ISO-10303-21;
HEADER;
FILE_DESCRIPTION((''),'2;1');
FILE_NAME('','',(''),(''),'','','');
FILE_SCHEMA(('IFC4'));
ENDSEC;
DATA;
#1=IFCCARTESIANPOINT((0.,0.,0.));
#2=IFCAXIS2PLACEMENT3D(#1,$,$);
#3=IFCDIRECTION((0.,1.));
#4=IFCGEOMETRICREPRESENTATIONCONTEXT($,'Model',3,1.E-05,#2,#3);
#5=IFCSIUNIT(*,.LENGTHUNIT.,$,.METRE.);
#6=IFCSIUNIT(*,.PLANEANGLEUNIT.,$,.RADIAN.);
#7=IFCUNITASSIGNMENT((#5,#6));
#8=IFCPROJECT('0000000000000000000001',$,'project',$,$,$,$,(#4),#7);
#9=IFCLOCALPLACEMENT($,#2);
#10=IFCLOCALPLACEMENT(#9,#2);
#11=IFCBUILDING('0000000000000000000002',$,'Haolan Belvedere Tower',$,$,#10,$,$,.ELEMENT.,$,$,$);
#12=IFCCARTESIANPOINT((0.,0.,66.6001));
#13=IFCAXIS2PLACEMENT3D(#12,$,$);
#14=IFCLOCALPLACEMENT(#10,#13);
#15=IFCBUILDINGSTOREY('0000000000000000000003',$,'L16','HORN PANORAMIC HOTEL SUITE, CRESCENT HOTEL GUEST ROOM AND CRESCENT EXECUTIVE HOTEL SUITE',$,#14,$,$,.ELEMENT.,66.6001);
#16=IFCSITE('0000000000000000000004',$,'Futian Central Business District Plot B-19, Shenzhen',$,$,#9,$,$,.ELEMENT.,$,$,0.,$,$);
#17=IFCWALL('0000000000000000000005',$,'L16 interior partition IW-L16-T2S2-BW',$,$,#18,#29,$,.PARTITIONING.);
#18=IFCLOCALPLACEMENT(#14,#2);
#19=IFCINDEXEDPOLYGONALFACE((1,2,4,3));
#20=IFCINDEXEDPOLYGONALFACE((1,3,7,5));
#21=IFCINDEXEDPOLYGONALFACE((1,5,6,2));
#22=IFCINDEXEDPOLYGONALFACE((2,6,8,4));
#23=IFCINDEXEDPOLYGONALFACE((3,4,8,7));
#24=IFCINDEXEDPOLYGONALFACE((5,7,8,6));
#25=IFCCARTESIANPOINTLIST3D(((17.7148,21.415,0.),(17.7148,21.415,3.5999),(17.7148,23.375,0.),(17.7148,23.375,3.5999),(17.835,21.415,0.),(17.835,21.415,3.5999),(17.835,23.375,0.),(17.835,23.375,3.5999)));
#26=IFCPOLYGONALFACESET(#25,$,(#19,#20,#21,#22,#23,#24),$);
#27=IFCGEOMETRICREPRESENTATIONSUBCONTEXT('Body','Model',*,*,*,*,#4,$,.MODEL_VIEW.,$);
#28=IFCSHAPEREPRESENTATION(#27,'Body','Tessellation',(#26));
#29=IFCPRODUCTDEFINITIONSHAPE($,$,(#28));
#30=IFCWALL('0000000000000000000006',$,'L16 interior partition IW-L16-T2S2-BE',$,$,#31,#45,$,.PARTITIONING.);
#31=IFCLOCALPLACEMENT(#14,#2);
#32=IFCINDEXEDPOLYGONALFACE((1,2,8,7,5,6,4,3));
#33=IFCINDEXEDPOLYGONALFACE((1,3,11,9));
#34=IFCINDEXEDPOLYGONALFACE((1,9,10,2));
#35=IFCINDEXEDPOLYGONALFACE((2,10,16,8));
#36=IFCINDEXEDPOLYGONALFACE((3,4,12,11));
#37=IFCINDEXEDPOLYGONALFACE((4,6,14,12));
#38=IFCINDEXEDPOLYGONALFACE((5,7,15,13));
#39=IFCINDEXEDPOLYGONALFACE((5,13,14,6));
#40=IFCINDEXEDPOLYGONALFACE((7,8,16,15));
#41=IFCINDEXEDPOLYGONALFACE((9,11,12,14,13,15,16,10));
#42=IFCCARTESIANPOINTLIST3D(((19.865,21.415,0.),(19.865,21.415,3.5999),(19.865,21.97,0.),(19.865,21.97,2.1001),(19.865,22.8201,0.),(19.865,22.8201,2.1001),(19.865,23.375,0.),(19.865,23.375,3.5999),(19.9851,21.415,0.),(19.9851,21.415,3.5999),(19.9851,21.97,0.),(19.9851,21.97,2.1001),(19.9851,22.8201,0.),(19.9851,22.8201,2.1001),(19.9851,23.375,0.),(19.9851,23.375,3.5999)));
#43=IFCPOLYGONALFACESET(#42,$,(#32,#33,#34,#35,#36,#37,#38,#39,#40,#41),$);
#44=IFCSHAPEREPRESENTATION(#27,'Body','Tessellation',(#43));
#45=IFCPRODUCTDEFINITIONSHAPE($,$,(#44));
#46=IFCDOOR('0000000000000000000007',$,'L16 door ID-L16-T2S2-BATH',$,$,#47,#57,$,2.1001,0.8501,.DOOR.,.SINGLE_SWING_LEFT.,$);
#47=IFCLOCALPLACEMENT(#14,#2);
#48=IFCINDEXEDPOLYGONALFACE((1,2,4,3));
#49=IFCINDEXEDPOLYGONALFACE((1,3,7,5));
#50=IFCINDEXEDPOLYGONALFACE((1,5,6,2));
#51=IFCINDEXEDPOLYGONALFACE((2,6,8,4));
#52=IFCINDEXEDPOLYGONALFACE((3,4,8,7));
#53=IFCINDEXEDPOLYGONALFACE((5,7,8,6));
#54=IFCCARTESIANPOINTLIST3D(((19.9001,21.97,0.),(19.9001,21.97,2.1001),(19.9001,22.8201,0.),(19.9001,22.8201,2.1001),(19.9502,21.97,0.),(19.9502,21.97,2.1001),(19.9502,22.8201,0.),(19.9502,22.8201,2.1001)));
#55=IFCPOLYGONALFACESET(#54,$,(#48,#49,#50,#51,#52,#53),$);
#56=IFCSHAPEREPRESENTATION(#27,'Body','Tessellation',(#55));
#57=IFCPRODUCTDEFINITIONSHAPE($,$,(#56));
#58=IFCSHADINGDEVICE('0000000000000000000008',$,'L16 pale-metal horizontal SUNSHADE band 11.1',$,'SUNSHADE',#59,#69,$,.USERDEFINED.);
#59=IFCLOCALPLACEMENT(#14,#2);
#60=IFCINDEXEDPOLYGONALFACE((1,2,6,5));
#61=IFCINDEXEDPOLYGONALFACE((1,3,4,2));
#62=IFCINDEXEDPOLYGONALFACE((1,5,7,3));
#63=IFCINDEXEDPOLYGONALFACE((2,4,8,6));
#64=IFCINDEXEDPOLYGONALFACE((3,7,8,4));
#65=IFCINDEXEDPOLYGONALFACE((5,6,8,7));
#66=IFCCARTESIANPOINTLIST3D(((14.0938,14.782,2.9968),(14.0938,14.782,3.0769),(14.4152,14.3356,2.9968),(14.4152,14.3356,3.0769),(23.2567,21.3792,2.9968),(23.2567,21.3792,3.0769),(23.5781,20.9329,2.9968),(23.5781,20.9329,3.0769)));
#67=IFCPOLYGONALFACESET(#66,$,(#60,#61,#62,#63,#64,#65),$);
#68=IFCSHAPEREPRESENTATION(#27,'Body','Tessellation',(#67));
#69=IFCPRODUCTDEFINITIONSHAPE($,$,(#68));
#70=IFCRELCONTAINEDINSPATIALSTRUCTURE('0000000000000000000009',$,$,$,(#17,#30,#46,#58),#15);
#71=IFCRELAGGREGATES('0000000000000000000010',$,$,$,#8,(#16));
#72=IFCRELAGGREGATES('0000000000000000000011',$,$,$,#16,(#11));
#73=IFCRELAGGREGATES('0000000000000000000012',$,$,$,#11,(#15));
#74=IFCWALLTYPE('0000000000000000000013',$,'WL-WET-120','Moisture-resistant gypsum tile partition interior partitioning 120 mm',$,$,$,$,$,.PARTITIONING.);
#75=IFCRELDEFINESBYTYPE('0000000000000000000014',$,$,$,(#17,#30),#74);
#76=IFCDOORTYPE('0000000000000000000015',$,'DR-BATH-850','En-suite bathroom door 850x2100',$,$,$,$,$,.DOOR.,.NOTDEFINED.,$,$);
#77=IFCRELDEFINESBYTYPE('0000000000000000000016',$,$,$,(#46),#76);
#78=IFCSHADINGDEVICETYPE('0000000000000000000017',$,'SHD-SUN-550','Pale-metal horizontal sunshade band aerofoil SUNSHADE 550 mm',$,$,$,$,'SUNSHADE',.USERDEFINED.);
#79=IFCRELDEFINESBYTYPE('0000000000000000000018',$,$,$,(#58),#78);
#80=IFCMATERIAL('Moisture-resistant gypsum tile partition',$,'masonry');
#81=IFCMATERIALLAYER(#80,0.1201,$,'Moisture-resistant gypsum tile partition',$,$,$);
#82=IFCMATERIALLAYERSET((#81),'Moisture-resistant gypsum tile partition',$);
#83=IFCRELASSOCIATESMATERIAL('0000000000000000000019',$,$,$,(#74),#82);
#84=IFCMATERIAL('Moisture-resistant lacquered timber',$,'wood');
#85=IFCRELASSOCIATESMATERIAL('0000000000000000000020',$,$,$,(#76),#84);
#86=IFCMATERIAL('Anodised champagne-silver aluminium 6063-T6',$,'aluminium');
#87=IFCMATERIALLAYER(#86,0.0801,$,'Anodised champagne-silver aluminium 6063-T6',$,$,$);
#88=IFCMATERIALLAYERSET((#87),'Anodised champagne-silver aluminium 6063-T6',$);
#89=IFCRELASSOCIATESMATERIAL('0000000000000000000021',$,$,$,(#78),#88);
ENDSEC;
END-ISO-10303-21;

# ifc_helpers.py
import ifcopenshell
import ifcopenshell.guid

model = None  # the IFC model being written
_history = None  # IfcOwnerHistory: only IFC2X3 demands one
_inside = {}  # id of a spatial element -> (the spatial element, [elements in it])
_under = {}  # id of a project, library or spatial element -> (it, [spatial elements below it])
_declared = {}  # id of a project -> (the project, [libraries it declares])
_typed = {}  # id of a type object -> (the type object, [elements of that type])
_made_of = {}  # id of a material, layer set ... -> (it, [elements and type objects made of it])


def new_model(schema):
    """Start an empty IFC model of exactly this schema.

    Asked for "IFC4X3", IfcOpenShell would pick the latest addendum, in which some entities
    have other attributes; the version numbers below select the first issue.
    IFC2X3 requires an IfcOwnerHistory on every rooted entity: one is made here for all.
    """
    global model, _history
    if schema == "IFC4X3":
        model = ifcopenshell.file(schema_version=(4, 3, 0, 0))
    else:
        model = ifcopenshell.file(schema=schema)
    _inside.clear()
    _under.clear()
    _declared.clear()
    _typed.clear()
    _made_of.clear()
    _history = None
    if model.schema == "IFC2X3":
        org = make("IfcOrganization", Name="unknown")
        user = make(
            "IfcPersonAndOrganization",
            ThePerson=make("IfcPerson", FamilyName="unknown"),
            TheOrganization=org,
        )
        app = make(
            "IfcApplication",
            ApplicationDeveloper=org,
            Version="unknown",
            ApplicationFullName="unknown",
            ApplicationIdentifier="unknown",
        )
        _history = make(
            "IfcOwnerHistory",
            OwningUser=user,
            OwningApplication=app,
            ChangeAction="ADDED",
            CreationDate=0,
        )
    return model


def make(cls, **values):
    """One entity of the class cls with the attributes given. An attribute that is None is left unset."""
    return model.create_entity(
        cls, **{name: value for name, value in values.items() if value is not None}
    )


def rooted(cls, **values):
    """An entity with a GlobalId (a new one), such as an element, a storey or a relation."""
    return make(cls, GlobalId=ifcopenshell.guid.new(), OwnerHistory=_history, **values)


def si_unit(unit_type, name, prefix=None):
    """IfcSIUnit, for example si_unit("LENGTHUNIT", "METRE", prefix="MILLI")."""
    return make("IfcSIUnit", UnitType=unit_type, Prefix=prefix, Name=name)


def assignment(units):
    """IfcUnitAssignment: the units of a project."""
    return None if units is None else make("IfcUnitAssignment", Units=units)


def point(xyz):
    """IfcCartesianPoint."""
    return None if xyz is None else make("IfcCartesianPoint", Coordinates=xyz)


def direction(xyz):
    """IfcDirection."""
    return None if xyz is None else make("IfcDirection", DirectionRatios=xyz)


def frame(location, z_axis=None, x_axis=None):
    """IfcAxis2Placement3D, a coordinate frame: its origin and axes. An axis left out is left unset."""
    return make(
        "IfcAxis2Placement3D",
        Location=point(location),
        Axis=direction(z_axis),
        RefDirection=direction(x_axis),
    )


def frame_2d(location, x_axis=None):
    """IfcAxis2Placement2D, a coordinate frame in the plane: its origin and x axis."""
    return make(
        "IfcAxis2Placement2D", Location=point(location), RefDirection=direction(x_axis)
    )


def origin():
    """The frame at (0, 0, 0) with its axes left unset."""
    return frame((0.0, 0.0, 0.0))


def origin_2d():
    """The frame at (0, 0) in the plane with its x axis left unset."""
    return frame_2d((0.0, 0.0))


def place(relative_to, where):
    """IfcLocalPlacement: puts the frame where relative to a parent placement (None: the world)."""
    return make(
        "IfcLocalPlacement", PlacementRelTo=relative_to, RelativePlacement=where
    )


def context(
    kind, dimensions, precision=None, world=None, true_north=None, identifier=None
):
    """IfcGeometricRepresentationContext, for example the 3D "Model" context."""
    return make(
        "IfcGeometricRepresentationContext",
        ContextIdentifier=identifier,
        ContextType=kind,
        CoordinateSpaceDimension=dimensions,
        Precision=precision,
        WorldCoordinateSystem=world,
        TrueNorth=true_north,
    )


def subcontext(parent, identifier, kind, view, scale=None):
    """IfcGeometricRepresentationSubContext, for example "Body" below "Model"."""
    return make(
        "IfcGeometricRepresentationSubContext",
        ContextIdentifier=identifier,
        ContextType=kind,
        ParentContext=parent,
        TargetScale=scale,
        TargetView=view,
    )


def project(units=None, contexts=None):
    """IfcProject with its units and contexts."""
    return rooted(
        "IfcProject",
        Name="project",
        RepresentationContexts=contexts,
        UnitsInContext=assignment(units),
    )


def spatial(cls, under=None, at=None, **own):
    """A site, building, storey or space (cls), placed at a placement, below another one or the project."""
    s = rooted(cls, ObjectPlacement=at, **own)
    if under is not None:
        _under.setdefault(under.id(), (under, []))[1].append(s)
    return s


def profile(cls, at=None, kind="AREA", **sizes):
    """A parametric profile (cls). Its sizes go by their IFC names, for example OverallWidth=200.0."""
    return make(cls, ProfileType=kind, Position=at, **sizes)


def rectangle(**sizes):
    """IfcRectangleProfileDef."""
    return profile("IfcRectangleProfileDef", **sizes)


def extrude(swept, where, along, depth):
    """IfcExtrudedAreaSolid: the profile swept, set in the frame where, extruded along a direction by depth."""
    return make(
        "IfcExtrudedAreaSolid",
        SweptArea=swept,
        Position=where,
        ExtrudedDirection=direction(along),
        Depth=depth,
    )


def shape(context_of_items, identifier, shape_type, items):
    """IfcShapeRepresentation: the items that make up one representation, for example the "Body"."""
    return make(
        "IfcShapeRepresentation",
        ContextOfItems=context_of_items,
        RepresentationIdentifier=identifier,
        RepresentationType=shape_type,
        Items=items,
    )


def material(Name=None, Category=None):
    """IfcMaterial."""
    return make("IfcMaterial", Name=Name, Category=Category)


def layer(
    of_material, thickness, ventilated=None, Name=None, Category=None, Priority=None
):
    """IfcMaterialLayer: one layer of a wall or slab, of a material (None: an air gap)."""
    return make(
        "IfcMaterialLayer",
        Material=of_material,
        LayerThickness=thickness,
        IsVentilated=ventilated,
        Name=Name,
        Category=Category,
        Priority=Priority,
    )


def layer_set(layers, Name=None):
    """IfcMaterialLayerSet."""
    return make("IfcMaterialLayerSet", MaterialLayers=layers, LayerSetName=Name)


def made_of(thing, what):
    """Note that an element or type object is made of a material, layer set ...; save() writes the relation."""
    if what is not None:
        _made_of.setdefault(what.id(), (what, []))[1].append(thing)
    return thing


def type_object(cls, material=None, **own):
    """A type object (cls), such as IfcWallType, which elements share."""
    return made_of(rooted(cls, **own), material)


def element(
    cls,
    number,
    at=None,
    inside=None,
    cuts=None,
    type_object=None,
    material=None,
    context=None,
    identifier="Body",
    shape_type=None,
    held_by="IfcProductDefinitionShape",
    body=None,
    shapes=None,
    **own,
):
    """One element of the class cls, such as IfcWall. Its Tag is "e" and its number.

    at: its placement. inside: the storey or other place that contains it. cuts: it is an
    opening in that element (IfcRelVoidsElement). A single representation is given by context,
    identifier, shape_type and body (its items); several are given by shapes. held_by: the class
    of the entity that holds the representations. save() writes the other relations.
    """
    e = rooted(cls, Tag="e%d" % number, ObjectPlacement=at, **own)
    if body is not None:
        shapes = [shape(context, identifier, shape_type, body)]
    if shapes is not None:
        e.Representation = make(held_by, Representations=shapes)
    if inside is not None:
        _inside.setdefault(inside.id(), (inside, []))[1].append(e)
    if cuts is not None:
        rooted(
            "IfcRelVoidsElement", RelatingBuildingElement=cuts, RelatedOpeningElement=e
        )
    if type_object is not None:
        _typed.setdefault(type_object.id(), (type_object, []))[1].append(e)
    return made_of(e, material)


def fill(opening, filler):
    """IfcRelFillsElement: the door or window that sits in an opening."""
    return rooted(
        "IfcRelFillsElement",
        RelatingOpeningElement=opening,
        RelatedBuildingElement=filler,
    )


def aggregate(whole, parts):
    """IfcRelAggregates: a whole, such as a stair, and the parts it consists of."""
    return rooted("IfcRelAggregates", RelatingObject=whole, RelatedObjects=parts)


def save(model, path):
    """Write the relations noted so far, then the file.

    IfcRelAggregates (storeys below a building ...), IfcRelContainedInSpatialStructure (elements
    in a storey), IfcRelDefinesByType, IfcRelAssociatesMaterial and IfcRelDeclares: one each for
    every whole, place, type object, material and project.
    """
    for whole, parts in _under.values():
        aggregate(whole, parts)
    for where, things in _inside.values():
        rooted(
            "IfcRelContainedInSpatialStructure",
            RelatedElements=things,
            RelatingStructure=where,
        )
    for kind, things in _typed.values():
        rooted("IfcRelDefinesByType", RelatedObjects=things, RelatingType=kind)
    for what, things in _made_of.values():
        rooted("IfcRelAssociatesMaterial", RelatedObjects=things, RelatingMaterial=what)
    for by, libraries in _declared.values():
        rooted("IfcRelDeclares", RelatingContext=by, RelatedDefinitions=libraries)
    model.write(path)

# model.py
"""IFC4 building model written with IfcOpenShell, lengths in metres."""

from ifc_helpers import new_model, si_unit, direction, frame, frame_2d, origin, origin_2d, place, context, subcontext, project, spatial, rectangle, extrude, material, layer, layer_set, type_object, element, fill, save


model = new_model("IFC4")

# Units and contexts
model_context = context("Model", 3, precision=1e-05, world=origin(), true_north=direction((0.0, 1.0)))
body_context = subcontext(model_context, "Body", "Model", "MODEL_VIEW")
ifc_project = project(units=[si_unit("LENGTHUNIT", "METRE"), si_unit("PLANEANGLEUNIT", "RADIAN")], contexts=[model_context])

# Site, building, storey
site_placement = place(None, origin())
site = spatial("IfcSite", under=ifc_project, at=site_placement, Name="Futian Central Business District Plot B-19, Shenzhen", CompositionType="ELEMENT", RefElevation=0.0)
building_placement = place(site_placement, origin())
building = spatial("IfcBuilding", under=site, at=building_placement, Name="Haolan Belvedere Tower", CompositionType="ELEMENT")
storey_placement = place(building_placement, frame((0.0, 0.0, 66.6001)))
storey = spatial("IfcBuildingStorey", under=building, at=storey_placement, Name="L16", Description="HORN PANORAMIC HOTEL SUITE, CRESCENT HOTEL GUEST ROOM AND CRESCENT EXECUTIVE HOTEL SUITE", CompositionType="ELEMENT", Elevation=66.6001)

# Shared definitions
ifc_material_1 = material(Name="Moisture-resistant gypsum tile partition", Category="masonry")
ifc_layer_1 = layer(ifc_material_1, 0.1201, Name="Moisture-resistant gypsum tile partition")
ifc_layer_set_1 = layer_set([ifc_layer_1], Name="Moisture-resistant gypsum tile partition")
wall_type_1 = type_object("IfcWallType", Name="WL-WET-120", Description="Moisture-resistant gypsum tile partition interior partitioning 120 mm", PredefinedType="PARTITIONING", material=ifc_layer_set_1)

# Shared definitions
ifc_material_2 = material(Name="Moisture-resistant lacquered timber", Category="wood")
door_type_1 = type_object("IfcDoorType", Name="DR-BATH-850", Description="En-suite bathroom door 850x2100", OperationType="NOTDEFINED", PredefinedType="DOOR", material=ifc_material_2)

# Wall
wall_1_placement = place(storey_placement, frame((17.7749, 21.415, 0.0), z_axis=(0.0, 0.0, 1.0), x_axis=(0.0, 1.0, 0.0)))
element("IfcWall", 1, at=wall_1_placement, inside=storey, type_object=wall_type_1, Name="L16 interior partition IW-L16-T2S2-BW", PredefinedType="PARTITIONING", context=body_context, shape_type="SweptSolid", body=[
    extrude(rectangle(XDim=1.96, YDim=0.1201, at=frame_2d((0.98, 0.0))), origin(), (0.0, 0.0, 1.0), 3.5999),
])

# Wall, opening, door
wall_2_placement = place(storey_placement, frame((19.925, 21.415, 0.0), z_axis=(0.0, 0.0, 1.0), x_axis=(0.0, 1.0, 0.0)))
wall_2 = element("IfcWall", 2, at=wall_2_placement, inside=storey, type_object=wall_type_1, Name="L16 interior partition IW-L16-T2S2-BE", PredefinedType="PARTITIONING", context=body_context, shape_type="SweptSolid", body=[
    extrude(rectangle(XDim=1.96, YDim=0.1201, at=frame_2d((0.98, 0.0))), origin(), (0.0, 0.0, 1.0), 3.5999),
])
opening_1_placement = place(wall_2_placement, frame((0.5549, 0.0, 0.0)))
opening_1 = element("IfcOpeningElement", 3, at=opening_1_placement, cuts=wall_2, PredefinedType="OPENING", context=body_context, shape_type="SweptSolid", body=[
    extrude(rectangle(XDim=0.8501, YDim=2.1001, at=frame_2d((0.425, 1.05))), frame((0.0, 0.0701, 0.0), z_axis=(0.0, -1.0, 0.0), x_axis=(1.0, 0.0, 0.0)), (0.0, 0.0, 1.0), 0.1401),
])
door_1_placement = place(opening_1_placement, origin())
door_1 = element("IfcDoor", 4, at=door_1_placement, inside=storey, type_object=door_type_1, Name="L16 door ID-L16-T2S2-BATH", OperationType="SINGLE_SWING_LEFT", OverallHeight=2.1001, OverallWidth=0.8501, PredefinedType="DOOR", context=body_context, shape_type="SweptSolid", body=[
    extrude(rectangle(XDim=0.8501, YDim=2.1001, at=frame_2d((0.425, 1.05))), frame((0.0, 0.0249, 0.0), z_axis=(0.0, -1.0, 0.0), x_axis=(1.0, 0.0, 0.0)), (0.0, 0.0, 1.0), 0.05),
])
fill(opening_1, door_1)

# Shading device
ifc_material_3 = material(Name="Anodised champagne-silver aluminium 6063-T6", Category="aluminium")
ifc_layer_2 = layer(ifc_material_3, 0.0801, Name="Anodised champagne-silver aluminium 6063-T6")
ifc_layer_set_2 = layer_set([ifc_layer_2], Name="Anodised champagne-silver aluminium 6063-T6")
shading_device_type = type_object("IfcShadingDeviceType", Name="SHD-SUN-550", Description="Pale-metal horizontal sunshade band aerofoil SUNSHADE 550 mm", ElementType="SUNSHADE", PredefinedType="USERDEFINED", material=ifc_layer_set_2)
shading_device_placement = place(storey_placement, frame((18.8359, 17.8574, 2.9968), z_axis=(0.0, 0.0, 1.0), x_axis=(0.811533, 0.584306, 0.0)))
element("IfcShadingDevice", 5, at=shading_device_placement, inside=storey, type_object=shading_device_type, Name="L16 pale-metal horizontal SUNSHADE band 11.1", ObjectType="SUNSHADE", PredefinedType="USERDEFINED", context=body_context, shape_type="SweptSolid", body=[
    extrude(rectangle(XDim=11.2908, YDim=0.55, at=origin_2d()), origin(), (0.0, 0.0, 1.0), 0.0801),
])

save(model, "model.ifc")
